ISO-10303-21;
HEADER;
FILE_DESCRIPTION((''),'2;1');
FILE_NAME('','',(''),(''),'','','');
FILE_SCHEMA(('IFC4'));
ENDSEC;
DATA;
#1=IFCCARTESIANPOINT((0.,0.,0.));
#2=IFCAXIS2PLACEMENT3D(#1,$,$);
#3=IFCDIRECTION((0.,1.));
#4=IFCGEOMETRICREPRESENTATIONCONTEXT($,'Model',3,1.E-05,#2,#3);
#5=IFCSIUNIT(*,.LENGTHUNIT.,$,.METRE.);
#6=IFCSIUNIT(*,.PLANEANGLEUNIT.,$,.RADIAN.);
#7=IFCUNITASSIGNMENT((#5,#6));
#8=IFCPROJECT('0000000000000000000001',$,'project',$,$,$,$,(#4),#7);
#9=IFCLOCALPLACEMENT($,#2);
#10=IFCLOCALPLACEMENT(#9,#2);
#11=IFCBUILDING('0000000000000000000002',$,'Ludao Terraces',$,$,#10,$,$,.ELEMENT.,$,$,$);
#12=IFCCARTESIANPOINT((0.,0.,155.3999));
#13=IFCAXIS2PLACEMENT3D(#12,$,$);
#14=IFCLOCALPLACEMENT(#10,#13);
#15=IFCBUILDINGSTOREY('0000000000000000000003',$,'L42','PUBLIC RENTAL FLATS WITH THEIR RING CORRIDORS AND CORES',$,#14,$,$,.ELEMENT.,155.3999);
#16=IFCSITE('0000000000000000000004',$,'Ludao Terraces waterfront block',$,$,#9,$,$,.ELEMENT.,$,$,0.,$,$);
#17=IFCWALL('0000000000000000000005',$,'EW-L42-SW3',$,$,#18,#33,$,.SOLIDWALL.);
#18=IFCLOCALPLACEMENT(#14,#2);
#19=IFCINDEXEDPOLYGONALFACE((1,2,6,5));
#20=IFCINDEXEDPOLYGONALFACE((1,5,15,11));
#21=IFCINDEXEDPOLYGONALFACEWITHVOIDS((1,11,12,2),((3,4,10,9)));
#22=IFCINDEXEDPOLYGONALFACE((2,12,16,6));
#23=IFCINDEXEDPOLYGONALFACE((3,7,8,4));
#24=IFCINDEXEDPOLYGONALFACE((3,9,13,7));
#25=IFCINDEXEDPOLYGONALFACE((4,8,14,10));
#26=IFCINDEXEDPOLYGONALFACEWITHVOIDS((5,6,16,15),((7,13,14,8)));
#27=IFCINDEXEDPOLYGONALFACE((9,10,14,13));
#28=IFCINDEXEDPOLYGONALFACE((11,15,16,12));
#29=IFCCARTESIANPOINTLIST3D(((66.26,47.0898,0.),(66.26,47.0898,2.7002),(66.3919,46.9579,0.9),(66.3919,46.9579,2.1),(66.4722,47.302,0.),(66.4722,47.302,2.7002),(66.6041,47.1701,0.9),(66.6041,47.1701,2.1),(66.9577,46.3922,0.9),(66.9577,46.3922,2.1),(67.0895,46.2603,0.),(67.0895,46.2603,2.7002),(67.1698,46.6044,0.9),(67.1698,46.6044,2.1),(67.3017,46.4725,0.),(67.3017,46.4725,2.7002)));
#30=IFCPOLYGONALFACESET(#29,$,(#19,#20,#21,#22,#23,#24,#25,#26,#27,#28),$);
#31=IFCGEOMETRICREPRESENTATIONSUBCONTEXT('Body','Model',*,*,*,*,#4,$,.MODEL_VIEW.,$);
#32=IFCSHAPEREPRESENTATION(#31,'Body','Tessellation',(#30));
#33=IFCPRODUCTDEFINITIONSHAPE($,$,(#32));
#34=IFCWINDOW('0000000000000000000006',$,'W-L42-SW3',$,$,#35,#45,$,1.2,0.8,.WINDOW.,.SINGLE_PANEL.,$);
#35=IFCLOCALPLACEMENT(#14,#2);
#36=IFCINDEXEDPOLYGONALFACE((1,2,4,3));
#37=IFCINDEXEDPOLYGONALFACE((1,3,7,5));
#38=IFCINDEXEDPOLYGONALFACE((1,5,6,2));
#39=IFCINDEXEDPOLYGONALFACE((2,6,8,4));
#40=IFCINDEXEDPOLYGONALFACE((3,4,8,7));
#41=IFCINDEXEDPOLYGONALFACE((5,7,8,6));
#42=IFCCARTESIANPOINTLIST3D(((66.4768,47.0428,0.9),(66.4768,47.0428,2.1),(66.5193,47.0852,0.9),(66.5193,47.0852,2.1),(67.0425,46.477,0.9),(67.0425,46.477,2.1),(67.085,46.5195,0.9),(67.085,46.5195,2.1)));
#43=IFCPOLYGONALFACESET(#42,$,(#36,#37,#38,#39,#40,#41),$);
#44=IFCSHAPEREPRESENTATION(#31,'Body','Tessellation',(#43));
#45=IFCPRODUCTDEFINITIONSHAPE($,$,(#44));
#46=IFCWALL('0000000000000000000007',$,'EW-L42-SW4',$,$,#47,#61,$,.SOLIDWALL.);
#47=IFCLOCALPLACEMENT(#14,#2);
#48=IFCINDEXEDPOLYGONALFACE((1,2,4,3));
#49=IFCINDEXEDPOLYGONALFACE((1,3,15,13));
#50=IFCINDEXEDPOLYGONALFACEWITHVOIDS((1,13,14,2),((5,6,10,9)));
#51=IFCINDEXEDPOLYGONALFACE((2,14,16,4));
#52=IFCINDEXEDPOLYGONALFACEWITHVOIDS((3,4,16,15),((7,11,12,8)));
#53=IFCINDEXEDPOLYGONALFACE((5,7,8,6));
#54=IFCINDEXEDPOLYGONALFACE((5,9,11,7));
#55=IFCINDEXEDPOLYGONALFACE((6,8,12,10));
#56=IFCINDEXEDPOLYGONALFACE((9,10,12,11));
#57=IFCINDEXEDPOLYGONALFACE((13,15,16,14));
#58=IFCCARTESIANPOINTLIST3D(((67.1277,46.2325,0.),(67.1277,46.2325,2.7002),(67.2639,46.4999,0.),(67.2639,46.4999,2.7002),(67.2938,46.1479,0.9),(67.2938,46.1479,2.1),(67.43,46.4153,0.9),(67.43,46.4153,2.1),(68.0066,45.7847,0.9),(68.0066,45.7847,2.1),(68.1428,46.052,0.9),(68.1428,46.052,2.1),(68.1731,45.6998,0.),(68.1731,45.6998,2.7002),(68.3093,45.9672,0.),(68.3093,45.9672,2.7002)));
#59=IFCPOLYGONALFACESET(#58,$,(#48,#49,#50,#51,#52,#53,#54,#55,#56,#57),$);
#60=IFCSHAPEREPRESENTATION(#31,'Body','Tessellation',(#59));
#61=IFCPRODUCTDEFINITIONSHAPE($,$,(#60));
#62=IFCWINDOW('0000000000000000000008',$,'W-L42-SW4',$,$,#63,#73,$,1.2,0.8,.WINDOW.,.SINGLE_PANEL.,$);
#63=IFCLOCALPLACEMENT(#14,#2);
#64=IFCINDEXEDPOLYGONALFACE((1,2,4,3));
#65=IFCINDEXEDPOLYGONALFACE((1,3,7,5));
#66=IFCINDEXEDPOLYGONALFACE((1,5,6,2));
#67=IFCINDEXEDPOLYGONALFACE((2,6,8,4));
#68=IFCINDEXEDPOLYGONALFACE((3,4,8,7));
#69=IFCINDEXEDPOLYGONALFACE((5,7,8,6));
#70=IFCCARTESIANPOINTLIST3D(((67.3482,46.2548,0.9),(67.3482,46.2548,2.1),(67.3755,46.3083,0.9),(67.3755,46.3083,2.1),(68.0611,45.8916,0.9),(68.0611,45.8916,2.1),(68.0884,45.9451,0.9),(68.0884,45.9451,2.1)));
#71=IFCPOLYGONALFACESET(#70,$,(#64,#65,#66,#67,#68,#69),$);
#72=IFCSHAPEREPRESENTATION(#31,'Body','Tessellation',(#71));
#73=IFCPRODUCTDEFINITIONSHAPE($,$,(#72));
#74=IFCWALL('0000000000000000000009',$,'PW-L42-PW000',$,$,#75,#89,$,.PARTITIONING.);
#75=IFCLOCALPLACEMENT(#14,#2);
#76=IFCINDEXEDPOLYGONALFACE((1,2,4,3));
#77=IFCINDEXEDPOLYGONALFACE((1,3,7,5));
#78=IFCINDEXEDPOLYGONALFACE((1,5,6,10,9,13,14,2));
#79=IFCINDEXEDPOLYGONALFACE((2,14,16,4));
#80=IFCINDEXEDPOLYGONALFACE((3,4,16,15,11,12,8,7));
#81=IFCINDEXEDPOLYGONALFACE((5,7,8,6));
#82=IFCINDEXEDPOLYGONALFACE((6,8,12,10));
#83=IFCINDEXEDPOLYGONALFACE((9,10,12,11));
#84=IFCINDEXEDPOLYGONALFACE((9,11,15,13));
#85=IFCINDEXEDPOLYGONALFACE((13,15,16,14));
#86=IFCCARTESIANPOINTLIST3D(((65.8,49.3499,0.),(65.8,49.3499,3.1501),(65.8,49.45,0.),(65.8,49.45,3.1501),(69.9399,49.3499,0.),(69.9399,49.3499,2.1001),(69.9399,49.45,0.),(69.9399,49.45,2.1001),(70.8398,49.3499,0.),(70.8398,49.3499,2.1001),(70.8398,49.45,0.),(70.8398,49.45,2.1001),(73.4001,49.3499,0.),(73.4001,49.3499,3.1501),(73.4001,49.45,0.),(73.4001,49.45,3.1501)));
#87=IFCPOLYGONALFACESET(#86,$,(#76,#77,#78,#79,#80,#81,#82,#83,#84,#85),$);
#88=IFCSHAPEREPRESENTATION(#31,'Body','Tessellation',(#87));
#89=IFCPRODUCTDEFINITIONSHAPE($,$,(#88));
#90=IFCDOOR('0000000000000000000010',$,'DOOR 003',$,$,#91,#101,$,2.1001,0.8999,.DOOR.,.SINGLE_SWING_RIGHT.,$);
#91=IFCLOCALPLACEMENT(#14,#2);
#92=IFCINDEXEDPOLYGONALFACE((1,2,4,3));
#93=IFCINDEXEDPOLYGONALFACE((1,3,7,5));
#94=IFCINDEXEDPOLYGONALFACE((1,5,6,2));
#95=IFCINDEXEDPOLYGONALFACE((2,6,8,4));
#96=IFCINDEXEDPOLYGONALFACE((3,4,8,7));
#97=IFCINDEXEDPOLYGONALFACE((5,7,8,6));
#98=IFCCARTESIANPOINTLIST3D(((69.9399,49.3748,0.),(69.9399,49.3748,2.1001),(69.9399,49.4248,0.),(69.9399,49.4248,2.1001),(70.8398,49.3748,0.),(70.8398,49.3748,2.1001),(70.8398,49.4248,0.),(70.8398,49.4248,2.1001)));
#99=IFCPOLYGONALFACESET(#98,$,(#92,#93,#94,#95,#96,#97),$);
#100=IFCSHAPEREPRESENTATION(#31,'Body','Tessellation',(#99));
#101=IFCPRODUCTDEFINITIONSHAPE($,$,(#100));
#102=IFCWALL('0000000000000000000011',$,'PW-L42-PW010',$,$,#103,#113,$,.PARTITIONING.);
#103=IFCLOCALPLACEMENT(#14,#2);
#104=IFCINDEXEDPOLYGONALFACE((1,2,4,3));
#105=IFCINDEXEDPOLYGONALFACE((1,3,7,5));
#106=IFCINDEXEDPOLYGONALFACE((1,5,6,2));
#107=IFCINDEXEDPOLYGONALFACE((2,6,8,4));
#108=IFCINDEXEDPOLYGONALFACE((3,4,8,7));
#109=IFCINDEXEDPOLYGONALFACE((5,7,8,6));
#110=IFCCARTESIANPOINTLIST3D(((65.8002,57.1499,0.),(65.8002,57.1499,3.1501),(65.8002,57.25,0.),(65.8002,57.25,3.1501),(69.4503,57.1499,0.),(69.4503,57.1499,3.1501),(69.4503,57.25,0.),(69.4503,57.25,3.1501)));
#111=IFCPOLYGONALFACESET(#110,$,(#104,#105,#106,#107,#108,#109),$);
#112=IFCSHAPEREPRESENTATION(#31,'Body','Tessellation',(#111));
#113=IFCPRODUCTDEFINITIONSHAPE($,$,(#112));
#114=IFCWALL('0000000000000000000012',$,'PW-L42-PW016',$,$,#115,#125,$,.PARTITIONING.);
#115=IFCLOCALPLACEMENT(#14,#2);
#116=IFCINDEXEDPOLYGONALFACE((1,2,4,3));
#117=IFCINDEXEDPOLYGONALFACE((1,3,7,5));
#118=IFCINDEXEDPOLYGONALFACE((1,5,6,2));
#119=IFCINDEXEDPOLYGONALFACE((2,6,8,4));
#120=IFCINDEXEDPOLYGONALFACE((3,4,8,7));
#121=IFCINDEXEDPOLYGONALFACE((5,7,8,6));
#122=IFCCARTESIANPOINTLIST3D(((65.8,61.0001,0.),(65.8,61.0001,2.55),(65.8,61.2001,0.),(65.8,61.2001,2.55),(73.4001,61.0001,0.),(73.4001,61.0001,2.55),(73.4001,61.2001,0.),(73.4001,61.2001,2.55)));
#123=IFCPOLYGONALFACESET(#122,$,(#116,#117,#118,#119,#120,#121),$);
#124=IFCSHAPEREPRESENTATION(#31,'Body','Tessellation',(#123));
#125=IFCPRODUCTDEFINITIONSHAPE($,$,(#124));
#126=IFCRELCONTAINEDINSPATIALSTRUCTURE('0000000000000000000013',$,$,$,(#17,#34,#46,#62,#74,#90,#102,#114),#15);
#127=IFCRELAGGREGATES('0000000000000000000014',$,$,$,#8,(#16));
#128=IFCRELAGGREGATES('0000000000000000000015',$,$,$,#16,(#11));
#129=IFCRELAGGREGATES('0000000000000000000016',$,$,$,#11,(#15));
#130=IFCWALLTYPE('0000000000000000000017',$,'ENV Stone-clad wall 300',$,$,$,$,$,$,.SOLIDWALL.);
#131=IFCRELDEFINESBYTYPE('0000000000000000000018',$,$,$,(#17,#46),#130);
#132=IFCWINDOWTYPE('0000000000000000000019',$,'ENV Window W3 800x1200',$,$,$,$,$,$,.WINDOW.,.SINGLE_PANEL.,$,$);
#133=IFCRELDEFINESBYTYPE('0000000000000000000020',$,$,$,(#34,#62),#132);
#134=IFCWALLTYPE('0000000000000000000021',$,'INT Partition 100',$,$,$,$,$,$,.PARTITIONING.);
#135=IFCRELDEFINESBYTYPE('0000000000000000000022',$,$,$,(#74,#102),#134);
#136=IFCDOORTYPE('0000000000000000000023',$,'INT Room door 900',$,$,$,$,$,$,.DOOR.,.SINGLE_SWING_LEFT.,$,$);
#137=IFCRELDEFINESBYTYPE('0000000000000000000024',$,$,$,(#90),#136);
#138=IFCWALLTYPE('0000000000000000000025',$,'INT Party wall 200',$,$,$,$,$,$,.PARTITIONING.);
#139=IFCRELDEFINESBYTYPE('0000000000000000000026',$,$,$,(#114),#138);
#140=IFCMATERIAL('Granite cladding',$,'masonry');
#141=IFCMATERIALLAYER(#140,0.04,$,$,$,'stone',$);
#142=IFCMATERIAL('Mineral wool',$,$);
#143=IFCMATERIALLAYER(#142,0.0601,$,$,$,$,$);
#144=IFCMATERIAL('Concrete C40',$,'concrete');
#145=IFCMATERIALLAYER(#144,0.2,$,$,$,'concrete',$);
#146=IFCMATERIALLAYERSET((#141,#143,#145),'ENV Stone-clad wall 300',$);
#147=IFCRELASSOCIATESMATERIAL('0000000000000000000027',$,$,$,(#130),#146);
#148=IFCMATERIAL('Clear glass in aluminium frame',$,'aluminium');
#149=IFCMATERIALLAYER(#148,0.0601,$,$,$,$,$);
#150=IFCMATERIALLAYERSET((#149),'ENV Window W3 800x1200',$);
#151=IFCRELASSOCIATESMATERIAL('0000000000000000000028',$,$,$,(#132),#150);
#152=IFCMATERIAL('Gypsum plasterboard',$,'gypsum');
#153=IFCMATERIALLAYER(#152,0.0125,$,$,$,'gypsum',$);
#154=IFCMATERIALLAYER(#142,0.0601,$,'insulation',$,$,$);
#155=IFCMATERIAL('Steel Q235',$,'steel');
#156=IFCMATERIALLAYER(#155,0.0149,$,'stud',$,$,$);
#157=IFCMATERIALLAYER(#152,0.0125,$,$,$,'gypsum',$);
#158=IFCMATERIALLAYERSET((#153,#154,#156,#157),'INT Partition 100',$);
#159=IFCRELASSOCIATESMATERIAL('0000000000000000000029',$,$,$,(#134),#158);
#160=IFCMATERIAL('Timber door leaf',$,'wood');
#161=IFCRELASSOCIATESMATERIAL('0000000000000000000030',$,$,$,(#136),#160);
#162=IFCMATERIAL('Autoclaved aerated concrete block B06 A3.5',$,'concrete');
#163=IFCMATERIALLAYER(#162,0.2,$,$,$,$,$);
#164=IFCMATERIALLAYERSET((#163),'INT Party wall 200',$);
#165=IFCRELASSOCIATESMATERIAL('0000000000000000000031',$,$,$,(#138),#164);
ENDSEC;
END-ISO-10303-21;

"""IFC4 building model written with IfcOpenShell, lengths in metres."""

from ifc_helpers import new_model, si_unit, direction, frame, frame_2d, origin, place, context, subcontext, project, spatial, rectangle, extrude, material, layer, layer_set, type_object, element, fill, save


model = new_model("IFC4")

# Units and contexts
model_context = context("Model", 3, precision=1e-05, world=origin(), true_north=direction((0.0, 1.0)))
body_context = subcontext(model_context, "Body", "Model", "MODEL_VIEW")
ifc_project = project(units=[si_unit("LENGTHUNIT", "METRE"), si_unit("PLANEANGLEUNIT", "RADIAN")], contexts=[model_context])

# Site, building, storey
site_placement = place(None, origin())
site = spatial("IfcSite", under=ifc_project, at=site_placement, Name="Ludao Terraces waterfront block", CompositionType="ELEMENT", RefElevation=0.0)
building_placement = place(site_placement, origin())
building = spatial("IfcBuilding", under=site, at=building_placement, Name="Ludao Terraces", CompositionType="ELEMENT")
storey_placement = place(building_placement, frame((0.0, 0.0, 155.3999)))
storey = spatial("IfcBuildingStorey", under=building, at=storey_placement, Name="L42", Description="PUBLIC RENTAL FLATS WITH THEIR RING CORRIDORS AND CORES", CompositionType="ELEMENT", Elevation=155.3999)

# Shared definitions
ifc_material_1 = material(Name="Concrete C40", Category="concrete")

# Shared definitions
ifc_material_2 = material(Name="Granite cladding", Category="masonry")
ifc_layer_1 = layer(ifc_material_2, 0.04, Category="stone")
ifc_material_3 = material(Name="Mineral wool")
ifc_layer_2 = layer(ifc_material_3, 0.0601)
ifc_layer_3 = layer(ifc_material_1, 0.2, Category="concrete")
ifc_layer_set_1 = layer_set([ifc_layer_1, ifc_layer_2, ifc_layer_3], Name="ENV Stone-clad wall 300")
wall_type_1 = type_object("IfcWallType", Name="ENV Stone-clad wall 300", PredefinedType="SOLIDWALL", material=ifc_layer_set_1)
ifc_material_4 = material(Name="Clear glass in aluminium frame", Category="aluminium")

# Walls, openings, windows
ifc_layer_4 = layer(ifc_material_4, 0.0601)
ifc_layer_set_2 = layer_set([ifc_layer_4], Name="ENV Window W3 800x1200")
window_type_1 = type_object("IfcWindowType", Name="ENV Window W3 800x1200", PartitioningType="SINGLE_PANEL", PredefinedType="WINDOW", material=ifc_layer_set_2)
wall_1_placement = place(storey_placement, frame((66.3662, 47.1958, 0.0), z_axis=(0.0, 0.0, 1.0), x_axis=(0.707107, -0.707107, 0.0)))
wall_1 = element("IfcWall", 1, at=wall_1_placement, inside=storey, type_object=wall_type_1, Name="EW-L42-SW3", PredefinedType="SOLIDWALL", context=body_context, shape_type="SweptSolid", body=[
    extrude(rectangle(XDim=1.1731, YDim=0.3, at=frame_2d((0.5864, 0.0))), origin(), (0.0, 0.0, 1.0), 2.7002),
])
opening_1_placement = place(wall_1_placement, frame((0.1865, 0.0, 0.8999)))
opening_1 = element("IfcOpeningElement", 2, at=opening_1_placement, cuts=wall_1, PredefinedType="OPENING", context=body_context, shape_type="SweptSolid", body=[
    extrude(rectangle(XDim=0.8, YDim=1.2, at=frame_2d((0.3999, 0.6001))), frame((0.0, 0.1602, 0.0), z_axis=(0.0, -1.0, 0.0), x_axis=(1.0, 0.0, 0.0)), (0.0, 0.0, 1.0), 0.3201),
])
window_1_placement = place(opening_1_placement, origin())
window_1 = element("IfcWindow", 3, at=window_1_placement, inside=storey, type_object=window_type_1, Name="W-L42-SW3", OverallHeight=1.2, OverallWidth=0.8, PartitioningType="SINGLE_PANEL", PredefinedType="WINDOW", context=body_context, shape_type="SweptSolid", body=[
    extrude(rectangle(XDim=0.8, YDim=1.2, at=frame_2d((0.3999, 0.6001))), frame((0.0, 0.03, 0.0), z_axis=(0.0, -1.0, 0.0), x_axis=(1.0, 0.0, 0.0)), (0.0, 0.0, 1.0), 0.0601),
])
fill(opening_1, window_1)
wall_2_placement = place(storey_placement, frame((67.1958, 46.3662, 0.0), z_axis=(0.0, 0.0, 1.0), x_axis=(0.890989, -0.454026, 0.0)))
wall_2 = element("IfcWall", 4, at=wall_2_placement, inside=storey, type_object=wall_type_1, Name="EW-L42-SW4", PredefinedType="SOLIDWALL", context=body_context, shape_type="SweptSolid", body=[
    extrude(rectangle(XDim=1.1733, YDim=0.3, at=frame_2d((0.5867, 0.0))), origin(), (0.0, 0.0, 1.0), 2.7002),
])
opening_2_placement = place(wall_2_placement, frame((0.1865, 0.0, 0.8999)))
opening_2 = element("IfcOpeningElement", 5, at=opening_2_placement, cuts=wall_2, PredefinedType="OPENING", context=body_context, shape_type="SweptSolid", body=[
    extrude(rectangle(XDim=0.8, YDim=1.2, at=frame_2d((0.3999, 0.6001))), frame((0.0, 0.1602, 0.0), z_axis=(0.0, -1.0, 0.0), x_axis=(1.0, 0.0, 0.0)), (0.0, 0.0, 1.0), 0.3201),
])
window_2_placement = place(opening_2_placement, origin())
window_2 = element("IfcWindow", 6, at=window_2_placement, inside=storey, type_object=window_type_1, Name="W-L42-SW4", OverallHeight=1.2, OverallWidth=0.8, PartitioningType="SINGLE_PANEL", PredefinedType="WINDOW", context=body_context, shape_type="SweptSolid", body=[
    extrude(rectangle(XDim=0.8, YDim=1.2, at=frame_2d((0.3999, 0.6001))), frame((0.0, 0.03, 0.0), z_axis=(0.0, -1.0, 0.0), x_axis=(1.0, 0.0, 0.0)), (0.0, 0.0, 1.0), 0.0601),
])
fill(opening_2, window_2)

# Wall, opening, door
ifc_material_5 = material(Name="Gypsum plasterboard", Category="gypsum")
ifc_layer_5 = layer(ifc_material_5, 0.0125, Category="gypsum")
ifc_layer_6 = layer(ifc_material_3, 0.0601, Name="insulation")
ifc_material_6 = material(Name="Steel Q235", Category="steel")
ifc_layer_7 = layer(ifc_material_6, 0.0149, Name="stud")
ifc_layer_8 = layer(ifc_material_5, 0.0125, Category="gypsum")
ifc_layer_set_3 = layer_set([ifc_layer_5, ifc_layer_6, ifc_layer_7, ifc_layer_8], Name="INT Partition 100")
wall_type_2 = type_object("IfcWallType", Name="INT Partition 100", PredefinedType="PARTITIONING", material=ifc_layer_set_3)
wall_3_placement = place(storey_placement, frame((65.8, 49.3999, 0.0), z_axis=(0.0, 0.0, 1.0), x_axis=(1.0, 0.0, 0.0)))
wall_3 = element("IfcWall", 7, at=wall_3_placement, inside=storey, type_object=wall_type_2, Name="PW-L42-PW000", PredefinedType="PARTITIONING", context=body_context, shape_type="SweptSolid", body=[
    extrude(rectangle(XDim=7.6001, YDim=0.1001, at=frame_2d((3.8, 0.0))), origin(), (0.0, 0.0, 1.0), 3.1501),
])
opening_3_placement = place(wall_3_placement, frame((4.1399, 0.0, 0.0)))
opening_3 = element("IfcOpeningElement", 8, at=opening_3_placement, cuts=wall_3, PredefinedType="OPENING", context=body_context, shape_type="SweptSolid", body=[
    extrude(rectangle(XDim=0.8999, YDim=2.1001, at=frame_2d((0.45, 1.05))), frame((0.0, 0.0601, 0.0), z_axis=(0.0, -1.0, 0.0), x_axis=(1.0, 0.0, 0.0)), (0.0, 0.0, 1.0), 0.1201),
])
ifc_material_7 = material(Name="Timber door leaf", Category="wood")
door_type_1 = type_object("IfcDoorType", Name="INT Room door 900", OperationType="SINGLE_SWING_LEFT", PredefinedType="DOOR", material=ifc_material_7)
door_1_placement = place(opening_3_placement, origin())
door_1 = element("IfcDoor", 9, at=door_1_placement, inside=storey, type_object=door_type_1, Name="DOOR 003", OperationType="SINGLE_SWING_RIGHT", OverallHeight=2.1001, OverallWidth=0.8999, PredefinedType="DOOR", context=body_context, shape_type="SweptSolid", body=[
    extrude(rectangle(XDim=0.8999, YDim=2.1001, at=frame_2d((0.45, 1.05))), frame((0.0, 0.0249, 0.0), z_axis=(0.0, -1.0, 0.0), x_axis=(1.0, 0.0, 0.0)), (0.0, 0.0, 1.0), 0.05),
])
fill(opening_3, door_1)

# Walls
wall_4_placement = place(storey_placement, frame((65.8, 57.2, 0.0), z_axis=(0.0, 0.0, 1.0), x_axis=(1.0, 0.0, 0.0)))
element("IfcWall", 10, at=wall_4_placement, inside=storey, type_object=wall_type_2, Name="PW-L42-PW010", PredefinedType="PARTITIONING", context=body_context, shape_type="SweptSolid", body=[
    extrude(rectangle(XDim=3.6501, YDim=0.1001, at=frame_2d((1.8252, 0.0))), origin(), (0.0, 0.0, 1.0), 3.1501),
])
ifc_material_8 = material(Name="Autoclaved aerated concrete block B06 A3.5", Category="concrete")
ifc_layer_9 = layer(ifc_material_8, 0.2)
ifc_layer_set_4 = layer_set([ifc_layer_9], Name="INT Party wall 200")
wall_type_3 = type_object("IfcWallType", Name="INT Party wall 200", PredefinedType="PARTITIONING", material=ifc_layer_set_4)
wall_5_placement = place(storey_placement, frame((65.8, 61.1001, 0.0), z_axis=(0.0, 0.0, 1.0), x_axis=(1.0, 0.0, 0.0)))
element("IfcWall", 11, at=wall_5_placement, inside=storey, type_object=wall_type_3, Name="PW-L42-PW016", PredefinedType="PARTITIONING", context=body_context, shape_type="SweptSolid", body=[
    extrude(rectangle(XDim=7.6001, YDim=0.2, at=frame_2d((3.8, 0.0))), origin(), (0.0, 0.0, 1.0), 2.55),
])

save(model, "model.ifc")
